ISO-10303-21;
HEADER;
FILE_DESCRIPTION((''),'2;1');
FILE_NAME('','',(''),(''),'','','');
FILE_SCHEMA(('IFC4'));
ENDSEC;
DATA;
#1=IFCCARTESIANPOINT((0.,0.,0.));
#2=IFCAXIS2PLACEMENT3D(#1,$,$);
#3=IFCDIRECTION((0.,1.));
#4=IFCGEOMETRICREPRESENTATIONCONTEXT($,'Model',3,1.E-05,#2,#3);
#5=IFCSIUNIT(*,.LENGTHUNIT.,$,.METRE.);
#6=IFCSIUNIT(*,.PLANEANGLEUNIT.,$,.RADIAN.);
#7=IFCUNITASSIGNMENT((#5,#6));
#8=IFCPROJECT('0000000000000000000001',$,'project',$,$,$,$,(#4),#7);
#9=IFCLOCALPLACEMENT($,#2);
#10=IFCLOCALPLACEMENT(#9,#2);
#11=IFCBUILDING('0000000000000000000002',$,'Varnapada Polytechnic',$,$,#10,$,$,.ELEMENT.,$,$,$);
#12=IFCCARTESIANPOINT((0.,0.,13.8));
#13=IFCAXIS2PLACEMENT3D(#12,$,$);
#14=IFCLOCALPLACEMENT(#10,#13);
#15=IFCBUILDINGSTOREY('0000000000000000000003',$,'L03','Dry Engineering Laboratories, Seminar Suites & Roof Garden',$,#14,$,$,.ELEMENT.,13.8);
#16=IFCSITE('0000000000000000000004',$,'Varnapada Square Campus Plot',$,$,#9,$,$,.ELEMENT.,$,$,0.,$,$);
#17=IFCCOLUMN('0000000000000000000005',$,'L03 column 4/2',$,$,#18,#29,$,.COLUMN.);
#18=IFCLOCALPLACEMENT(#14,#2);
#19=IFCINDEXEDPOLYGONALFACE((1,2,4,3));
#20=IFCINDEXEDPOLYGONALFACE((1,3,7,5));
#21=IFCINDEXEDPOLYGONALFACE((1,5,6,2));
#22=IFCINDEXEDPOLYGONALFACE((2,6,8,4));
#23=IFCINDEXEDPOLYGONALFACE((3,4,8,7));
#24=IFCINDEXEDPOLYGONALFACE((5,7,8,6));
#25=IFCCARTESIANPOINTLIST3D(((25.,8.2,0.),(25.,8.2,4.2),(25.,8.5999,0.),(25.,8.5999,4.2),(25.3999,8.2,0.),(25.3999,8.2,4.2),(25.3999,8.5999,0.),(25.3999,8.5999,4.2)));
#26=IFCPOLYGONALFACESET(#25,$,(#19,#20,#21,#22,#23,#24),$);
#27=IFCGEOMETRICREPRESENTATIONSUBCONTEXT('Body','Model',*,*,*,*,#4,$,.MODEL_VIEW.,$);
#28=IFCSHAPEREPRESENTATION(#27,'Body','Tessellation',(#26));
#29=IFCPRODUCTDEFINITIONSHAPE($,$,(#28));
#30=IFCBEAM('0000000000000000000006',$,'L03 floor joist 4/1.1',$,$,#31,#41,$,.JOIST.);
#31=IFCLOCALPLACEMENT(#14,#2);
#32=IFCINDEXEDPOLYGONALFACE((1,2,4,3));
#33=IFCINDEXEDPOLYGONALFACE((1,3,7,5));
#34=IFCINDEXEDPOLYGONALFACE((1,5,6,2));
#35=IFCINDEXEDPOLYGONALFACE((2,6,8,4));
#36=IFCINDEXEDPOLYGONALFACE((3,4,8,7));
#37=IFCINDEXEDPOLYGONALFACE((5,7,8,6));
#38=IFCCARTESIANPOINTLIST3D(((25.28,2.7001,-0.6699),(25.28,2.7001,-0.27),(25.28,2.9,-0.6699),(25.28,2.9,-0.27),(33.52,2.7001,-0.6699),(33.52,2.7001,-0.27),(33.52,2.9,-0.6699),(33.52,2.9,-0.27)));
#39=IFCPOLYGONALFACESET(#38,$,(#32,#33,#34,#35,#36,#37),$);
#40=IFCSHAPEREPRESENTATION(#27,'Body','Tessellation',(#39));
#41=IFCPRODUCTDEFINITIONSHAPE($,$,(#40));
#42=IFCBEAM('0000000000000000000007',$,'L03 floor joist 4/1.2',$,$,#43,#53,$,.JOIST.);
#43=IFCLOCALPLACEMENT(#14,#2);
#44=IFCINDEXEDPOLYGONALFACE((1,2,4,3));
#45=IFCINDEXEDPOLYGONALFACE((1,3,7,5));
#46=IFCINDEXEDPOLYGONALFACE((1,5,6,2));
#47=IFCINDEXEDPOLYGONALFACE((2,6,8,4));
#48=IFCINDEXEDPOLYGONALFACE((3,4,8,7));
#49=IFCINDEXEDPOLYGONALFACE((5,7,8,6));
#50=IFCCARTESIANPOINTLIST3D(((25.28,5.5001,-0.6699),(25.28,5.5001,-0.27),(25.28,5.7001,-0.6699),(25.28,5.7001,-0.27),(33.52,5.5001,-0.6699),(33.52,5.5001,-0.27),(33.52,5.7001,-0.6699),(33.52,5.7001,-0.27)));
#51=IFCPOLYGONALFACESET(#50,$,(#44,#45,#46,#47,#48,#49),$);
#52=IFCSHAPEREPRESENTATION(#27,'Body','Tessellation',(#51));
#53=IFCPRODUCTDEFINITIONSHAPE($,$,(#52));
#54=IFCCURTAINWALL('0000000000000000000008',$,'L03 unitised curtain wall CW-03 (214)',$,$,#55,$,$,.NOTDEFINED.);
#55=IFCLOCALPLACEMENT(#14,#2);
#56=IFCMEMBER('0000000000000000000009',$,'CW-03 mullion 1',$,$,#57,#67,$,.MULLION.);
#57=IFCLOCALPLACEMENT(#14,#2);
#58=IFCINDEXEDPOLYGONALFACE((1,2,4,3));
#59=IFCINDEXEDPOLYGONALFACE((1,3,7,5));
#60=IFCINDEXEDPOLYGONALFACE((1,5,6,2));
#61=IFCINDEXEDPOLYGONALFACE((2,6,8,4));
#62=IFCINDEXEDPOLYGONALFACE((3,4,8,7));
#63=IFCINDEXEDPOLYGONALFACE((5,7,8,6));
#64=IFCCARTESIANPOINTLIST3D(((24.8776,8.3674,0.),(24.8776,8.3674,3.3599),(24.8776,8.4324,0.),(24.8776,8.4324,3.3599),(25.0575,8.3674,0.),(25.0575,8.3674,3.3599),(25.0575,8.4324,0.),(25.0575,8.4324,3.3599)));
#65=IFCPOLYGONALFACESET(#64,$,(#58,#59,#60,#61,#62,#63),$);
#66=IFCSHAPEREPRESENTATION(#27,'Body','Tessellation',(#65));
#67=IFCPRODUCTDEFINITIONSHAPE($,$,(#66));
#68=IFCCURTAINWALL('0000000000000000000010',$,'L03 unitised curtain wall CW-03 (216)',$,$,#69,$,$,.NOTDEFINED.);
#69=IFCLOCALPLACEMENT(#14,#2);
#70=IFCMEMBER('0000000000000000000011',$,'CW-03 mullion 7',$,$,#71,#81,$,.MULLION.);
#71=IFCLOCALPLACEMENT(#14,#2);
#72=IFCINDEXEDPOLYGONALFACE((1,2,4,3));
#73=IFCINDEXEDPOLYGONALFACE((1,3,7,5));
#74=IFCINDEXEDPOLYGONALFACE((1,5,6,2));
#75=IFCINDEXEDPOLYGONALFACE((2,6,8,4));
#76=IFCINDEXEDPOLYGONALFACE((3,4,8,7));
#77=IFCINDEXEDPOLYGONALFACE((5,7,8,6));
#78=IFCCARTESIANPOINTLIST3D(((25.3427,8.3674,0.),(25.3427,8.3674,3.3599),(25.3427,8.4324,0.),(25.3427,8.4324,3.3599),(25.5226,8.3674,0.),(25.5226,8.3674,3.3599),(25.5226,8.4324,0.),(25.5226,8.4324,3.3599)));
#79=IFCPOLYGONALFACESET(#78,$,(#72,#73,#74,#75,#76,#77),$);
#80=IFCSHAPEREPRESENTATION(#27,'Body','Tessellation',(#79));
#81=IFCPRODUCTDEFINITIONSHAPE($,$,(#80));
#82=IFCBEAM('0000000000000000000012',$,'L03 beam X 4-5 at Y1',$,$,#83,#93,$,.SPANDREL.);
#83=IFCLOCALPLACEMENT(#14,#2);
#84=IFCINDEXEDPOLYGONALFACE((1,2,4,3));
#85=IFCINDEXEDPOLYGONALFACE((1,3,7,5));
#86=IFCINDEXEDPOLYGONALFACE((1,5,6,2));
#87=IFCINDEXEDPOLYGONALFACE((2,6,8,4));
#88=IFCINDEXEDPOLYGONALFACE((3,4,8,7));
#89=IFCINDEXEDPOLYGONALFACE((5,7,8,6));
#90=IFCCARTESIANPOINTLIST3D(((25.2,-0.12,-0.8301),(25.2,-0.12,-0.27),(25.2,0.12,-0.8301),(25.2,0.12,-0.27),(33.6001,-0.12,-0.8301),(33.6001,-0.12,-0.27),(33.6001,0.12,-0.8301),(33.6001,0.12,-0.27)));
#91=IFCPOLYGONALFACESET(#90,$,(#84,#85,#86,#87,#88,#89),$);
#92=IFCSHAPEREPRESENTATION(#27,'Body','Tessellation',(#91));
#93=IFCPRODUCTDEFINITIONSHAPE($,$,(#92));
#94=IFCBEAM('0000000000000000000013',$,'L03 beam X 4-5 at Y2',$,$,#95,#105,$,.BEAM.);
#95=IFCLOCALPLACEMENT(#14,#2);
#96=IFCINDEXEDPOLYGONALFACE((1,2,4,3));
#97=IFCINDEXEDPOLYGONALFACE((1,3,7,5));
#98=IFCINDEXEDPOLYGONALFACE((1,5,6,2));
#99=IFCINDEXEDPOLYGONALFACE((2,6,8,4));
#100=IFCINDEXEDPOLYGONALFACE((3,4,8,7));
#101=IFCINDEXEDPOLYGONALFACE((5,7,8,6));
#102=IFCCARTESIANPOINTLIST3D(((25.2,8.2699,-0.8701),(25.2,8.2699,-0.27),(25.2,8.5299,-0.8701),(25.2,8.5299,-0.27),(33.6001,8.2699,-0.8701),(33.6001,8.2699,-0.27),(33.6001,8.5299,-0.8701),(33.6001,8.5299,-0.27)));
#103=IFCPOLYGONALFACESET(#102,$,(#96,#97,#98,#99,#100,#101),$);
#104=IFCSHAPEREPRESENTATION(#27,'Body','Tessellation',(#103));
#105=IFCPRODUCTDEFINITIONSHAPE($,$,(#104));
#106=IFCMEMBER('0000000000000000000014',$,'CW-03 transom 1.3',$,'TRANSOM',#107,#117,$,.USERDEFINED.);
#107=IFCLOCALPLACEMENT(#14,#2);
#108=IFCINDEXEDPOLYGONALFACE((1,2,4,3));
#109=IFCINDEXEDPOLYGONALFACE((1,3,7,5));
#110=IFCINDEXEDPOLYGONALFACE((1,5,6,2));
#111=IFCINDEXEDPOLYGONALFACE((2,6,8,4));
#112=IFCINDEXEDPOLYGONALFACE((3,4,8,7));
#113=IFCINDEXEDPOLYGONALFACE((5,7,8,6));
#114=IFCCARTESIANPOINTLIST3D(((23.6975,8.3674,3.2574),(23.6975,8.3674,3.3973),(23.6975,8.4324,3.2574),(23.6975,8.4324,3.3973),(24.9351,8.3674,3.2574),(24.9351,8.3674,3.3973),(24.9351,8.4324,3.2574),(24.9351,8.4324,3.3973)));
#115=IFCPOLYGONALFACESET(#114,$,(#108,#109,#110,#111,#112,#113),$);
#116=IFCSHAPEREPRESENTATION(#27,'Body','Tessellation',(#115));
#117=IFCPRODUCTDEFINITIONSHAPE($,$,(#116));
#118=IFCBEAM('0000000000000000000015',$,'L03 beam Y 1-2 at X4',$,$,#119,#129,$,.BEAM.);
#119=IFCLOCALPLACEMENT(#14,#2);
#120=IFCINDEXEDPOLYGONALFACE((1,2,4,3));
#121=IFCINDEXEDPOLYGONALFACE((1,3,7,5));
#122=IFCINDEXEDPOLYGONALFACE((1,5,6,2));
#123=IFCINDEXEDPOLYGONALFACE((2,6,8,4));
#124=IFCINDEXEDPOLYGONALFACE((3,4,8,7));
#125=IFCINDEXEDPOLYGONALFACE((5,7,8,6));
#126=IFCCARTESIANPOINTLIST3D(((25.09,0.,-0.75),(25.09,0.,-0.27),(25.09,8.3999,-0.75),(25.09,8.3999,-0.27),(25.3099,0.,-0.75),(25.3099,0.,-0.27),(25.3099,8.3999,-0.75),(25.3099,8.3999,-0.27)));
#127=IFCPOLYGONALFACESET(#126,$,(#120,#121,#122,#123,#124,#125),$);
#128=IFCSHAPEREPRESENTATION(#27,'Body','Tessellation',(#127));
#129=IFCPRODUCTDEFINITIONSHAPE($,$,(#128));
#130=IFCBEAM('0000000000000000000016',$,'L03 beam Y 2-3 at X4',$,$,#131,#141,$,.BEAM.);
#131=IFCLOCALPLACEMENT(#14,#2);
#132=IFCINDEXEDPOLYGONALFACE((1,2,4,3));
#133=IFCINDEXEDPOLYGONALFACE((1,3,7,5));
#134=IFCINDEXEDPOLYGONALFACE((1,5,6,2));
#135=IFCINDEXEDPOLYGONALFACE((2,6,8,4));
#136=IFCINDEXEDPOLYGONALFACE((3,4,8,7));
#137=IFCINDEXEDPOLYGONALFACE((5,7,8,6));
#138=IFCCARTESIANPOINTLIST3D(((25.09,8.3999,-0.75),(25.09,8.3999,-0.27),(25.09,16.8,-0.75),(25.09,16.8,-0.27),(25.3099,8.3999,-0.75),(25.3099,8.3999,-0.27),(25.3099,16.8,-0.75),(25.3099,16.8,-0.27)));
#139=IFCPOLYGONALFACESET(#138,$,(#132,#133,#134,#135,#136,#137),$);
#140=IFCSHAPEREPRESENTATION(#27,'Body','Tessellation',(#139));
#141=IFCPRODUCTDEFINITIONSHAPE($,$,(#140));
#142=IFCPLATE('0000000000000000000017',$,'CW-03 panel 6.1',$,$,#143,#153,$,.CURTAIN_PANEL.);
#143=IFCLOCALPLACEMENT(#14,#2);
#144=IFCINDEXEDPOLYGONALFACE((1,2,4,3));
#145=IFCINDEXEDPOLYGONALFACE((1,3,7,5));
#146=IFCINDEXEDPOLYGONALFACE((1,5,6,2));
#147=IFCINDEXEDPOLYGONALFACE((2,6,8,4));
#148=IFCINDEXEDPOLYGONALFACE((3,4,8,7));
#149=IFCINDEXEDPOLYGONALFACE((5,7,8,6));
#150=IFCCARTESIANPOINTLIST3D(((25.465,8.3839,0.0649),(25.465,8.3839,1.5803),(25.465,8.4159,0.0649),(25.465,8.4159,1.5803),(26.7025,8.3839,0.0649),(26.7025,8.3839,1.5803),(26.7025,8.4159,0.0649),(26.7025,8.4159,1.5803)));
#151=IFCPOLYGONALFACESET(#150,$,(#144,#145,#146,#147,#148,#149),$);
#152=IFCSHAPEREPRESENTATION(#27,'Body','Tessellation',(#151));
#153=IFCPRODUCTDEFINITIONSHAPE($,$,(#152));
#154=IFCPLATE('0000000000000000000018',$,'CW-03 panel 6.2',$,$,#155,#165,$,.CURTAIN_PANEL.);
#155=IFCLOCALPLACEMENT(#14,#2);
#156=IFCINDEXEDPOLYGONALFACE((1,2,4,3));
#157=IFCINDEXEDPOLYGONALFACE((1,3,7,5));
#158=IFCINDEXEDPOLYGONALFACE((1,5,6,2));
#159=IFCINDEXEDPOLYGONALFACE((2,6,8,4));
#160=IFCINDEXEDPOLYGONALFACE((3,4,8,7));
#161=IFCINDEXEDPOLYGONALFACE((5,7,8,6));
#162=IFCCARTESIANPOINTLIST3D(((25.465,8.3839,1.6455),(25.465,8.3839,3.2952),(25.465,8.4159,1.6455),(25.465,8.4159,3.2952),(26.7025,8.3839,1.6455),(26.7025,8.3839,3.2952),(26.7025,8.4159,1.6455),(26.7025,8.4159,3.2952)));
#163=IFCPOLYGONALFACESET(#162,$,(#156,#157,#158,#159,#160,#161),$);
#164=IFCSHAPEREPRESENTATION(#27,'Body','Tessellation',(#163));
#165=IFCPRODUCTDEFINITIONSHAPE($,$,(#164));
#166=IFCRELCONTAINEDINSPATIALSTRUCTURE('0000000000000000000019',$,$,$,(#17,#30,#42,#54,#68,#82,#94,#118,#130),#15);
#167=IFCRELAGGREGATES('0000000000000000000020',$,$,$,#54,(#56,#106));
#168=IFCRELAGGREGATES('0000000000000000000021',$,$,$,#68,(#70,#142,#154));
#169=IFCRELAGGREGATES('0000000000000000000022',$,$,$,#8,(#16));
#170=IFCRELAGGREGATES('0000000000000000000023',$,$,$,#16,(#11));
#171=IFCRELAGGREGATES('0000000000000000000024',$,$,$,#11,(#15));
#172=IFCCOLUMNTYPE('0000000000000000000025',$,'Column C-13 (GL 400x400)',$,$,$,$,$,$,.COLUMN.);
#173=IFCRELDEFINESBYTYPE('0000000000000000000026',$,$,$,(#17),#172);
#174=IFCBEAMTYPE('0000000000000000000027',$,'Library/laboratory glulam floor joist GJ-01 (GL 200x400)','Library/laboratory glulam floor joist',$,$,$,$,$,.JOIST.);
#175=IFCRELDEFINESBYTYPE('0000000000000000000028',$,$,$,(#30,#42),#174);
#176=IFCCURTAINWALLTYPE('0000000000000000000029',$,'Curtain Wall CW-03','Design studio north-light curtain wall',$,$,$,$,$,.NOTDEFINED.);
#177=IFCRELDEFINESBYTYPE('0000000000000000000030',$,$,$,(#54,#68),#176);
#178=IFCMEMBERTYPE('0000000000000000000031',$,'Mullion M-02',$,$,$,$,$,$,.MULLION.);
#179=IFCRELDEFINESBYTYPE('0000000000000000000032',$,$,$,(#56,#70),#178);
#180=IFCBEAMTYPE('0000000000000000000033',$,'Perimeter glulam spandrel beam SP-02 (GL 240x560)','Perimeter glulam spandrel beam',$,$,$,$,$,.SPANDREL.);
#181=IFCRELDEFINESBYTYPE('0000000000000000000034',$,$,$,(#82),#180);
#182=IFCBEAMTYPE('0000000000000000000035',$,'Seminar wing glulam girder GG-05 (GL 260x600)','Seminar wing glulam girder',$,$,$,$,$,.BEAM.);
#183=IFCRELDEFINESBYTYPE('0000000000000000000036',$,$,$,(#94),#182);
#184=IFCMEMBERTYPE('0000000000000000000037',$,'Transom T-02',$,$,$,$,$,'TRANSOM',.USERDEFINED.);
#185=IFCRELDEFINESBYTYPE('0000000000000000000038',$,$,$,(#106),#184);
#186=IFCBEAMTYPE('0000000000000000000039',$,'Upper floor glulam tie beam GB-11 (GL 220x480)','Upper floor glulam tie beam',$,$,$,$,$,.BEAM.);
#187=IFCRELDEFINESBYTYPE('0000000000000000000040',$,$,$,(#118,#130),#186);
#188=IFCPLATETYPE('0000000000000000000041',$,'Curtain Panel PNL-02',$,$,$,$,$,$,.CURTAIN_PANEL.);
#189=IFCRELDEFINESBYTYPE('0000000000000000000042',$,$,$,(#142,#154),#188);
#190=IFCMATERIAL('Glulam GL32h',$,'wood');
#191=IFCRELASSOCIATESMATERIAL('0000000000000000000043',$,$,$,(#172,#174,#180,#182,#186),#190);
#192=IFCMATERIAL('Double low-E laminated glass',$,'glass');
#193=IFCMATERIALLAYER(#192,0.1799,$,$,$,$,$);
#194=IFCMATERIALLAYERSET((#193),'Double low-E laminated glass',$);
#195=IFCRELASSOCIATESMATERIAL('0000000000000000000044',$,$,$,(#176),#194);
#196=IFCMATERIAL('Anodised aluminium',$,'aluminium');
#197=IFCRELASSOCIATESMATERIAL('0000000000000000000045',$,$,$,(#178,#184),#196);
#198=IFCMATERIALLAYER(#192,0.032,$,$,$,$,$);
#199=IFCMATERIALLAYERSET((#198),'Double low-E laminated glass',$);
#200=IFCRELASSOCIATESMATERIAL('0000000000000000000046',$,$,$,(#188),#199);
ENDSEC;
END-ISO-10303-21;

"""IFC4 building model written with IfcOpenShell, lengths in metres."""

from ifc_helpers import new_model, si_unit, direction, frame, origin, origin_2d, place, context, subcontext, project, spatial, rectangle, extrude, material, layer, layer_set, material_profile, profile_set, type_object, element, aggregate, save


model = new_model("IFC4")

# Units and contexts
model_context = context("Model", 3, precision=1e-05, world=origin(), true_north=direction((0.0, 1.0)))
body_context = subcontext(model_context, "Body", "Model", "MODEL_VIEW")
ifc_project = project(units=[si_unit("LENGTHUNIT", "METRE"), si_unit("PLANEANGLEUNIT", "RADIAN")], contexts=[model_context])

# Site, building, storey
site_placement = place(None, origin())
site = spatial("IfcSite", under=ifc_project, at=site_placement, Name="Varnapada Square Campus Plot", CompositionType="ELEMENT", RefElevation=0.0)
building_placement = place(site_placement, origin())
building = spatial("IfcBuilding", under=site, at=building_placement, Name="Varnapada Polytechnic", CompositionType="ELEMENT")
storey_placement = place(building_placement, frame((0.0, 0.0, 13.8)))
storey = spatial("IfcBuildingStorey", under=building, at=storey_placement, Name="L03", Description="Dry Engineering Laboratories, Seminar Suites & Roof Garden", CompositionType="ELEMENT", Elevation=13.8)

# Column
ifc_material_1 = material(Name="Glulam GL32h", Category="wood")
ifc_material_profile_1 = material_profile(ifc_material_1, rectangle(XDim=0.3999, YDim=0.3999, at=origin_2d()), Name="GL 400x400")
ifc_profile_set_1 = profile_set([ifc_material_profile_1], Name="Glulam GL32h")
column_type = type_object("IfcColumnType", Name="Column C-13 (GL 400x400)", PredefinedType="COLUMN", material=ifc_profile_set_1)
column_placement = place(storey_placement, frame((25.2, 8.3999, 0.0), z_axis=(0.0, 0.0, 1.0), x_axis=(1.0, 0.0, 0.0)))
element("IfcColumn", 1, at=column_placement, inside=storey, type_object=column_type, Name="L03 column 4/2", PredefinedType="COLUMN", context=body_context, shape_type="SweptSolid", body=[
    extrude(rectangle(XDim=0.3999, YDim=0.3999, at=origin_2d()), origin(), (0.0, 0.0, 1.0), 4.2),
])

# Beams
ifc_material_profile_2 = material_profile(ifc_material_1, rectangle(XDim=0.2, YDim=0.3999, at=origin_2d()), Name="GL 200x400")
ifc_profile_set_2 = profile_set([ifc_material_profile_2], Name="Glulam GL32h")
beam_type_1 = type_object("IfcBeamType", Name="Library/laboratory glulam floor joist GJ-01 (GL 200x400)", Description="Library/laboratory glulam floor joist", PredefinedType="JOIST", material=ifc_profile_set_2)
for number, where, z_axis, x_axis, name in (
    (2, (25.28, 2.8, -0.47), (1.0, 0.0, 0.0), (0.0, 1.0, 0.0), "L03 floor joist 4/1.1"),
    (3, (25.28, 5.6001, -0.47), (1.0, 0.0, 0.0), (0.0, 1.0, 0.0), "L03 floor joist 4/1.2"),
):
    element("IfcBeam", number, at=place(storey_placement, frame(where, z_axis=z_axis, x_axis=x_axis)), inside=storey, type_object=beam_type_1, Name=name, PredefinedType="JOIST", context=body_context, shape_type="SweptSolid", body=[
        extrude(rectangle(XDim=0.2, YDim=0.3999, at=origin_2d()), origin(), (0.0, 0.0, 1.0), 8.24),
    ])

# Curtain walls, members
ifc_material_2 = material(Name="Double low-E laminated glass", Category="glass")
ifc_layer_1 = layer(ifc_material_2, 0.1799)
ifc_layer_set_1 = layer_set([ifc_layer_1], Name="Double low-E laminated glass")
curtain_wall_type = type_object("IfcCurtainWallType", Name="Curtain Wall CW-03", Description="Design studio north-light curtain wall", PredefinedType="NOTDEFINED", material=ifc_layer_set_1)
curtain_wall_1_placement = place(storey_placement, origin())
curtain_wall_1 = element("IfcCurtainWall", 4, at=curtain_wall_1_placement, inside=storey, type_object=curtain_wall_type, Name="L03 unitised curtain wall CW-03 (214)", PredefinedType="NOTDEFINED")
ifc_material_3 = material(Name="Anodised aluminium", Category="aluminium")
ifc_material_profile_3 = material_profile(ifc_material_3, rectangle(XDim=0.0649, YDim=0.1799, at=origin_2d()), Name="ALU M65x180")
ifc_profile_set_3 = profile_set([ifc_material_profile_3], Name="Anodised aluminium")
member_type_1 = type_object("IfcMemberType", Name="Mullion M-02", PredefinedType="MULLION", material=ifc_profile_set_3)
member_1_placement = place(storey_placement, frame((24.9675, 8.3999, 0.0), z_axis=(0.0, 0.0, 1.0), x_axis=(0.0, -1.0, 0.0)))
member_1 = element("IfcMember", 5, at=member_1_placement, type_object=member_type_1, Name="CW-03 mullion 1", PredefinedType="MULLION", context=body_context, shape_type="SweptSolid", body=[
    extrude(rectangle(XDim=0.0649, YDim=0.1799, at=origin_2d()), origin(), (0.0, 0.0, 1.0), 3.3599),
])
curtain_wall_2_placement = place(storey_placement, origin())
curtain_wall_2 = element("IfcCurtainWall", 6, at=curtain_wall_2_placement, inside=storey, type_object=curtain_wall_type, Name="L03 unitised curtain wall CW-03 (216)", PredefinedType="NOTDEFINED")
member_2_placement = place(storey_placement, frame((25.4326, 8.3999, 0.0), z_axis=(0.0, 0.0, 1.0), x_axis=(0.0, -1.0, 0.0)))
member_2 = element("IfcMember", 7, at=member_2_placement, type_object=member_type_1, Name="CW-03 mullion 7", PredefinedType="MULLION", context=body_context, shape_type="SweptSolid", body=[
    extrude(rectangle(XDim=0.0649, YDim=0.1799, at=origin_2d()), origin(), (0.0, 0.0, 1.0), 3.3599),
])

# Beams
ifc_material_profile_4 = material_profile(ifc_material_1, rectangle(XDim=0.24, YDim=0.5601, at=origin_2d()), Name="GL 240x560")
ifc_profile_set_4 = profile_set([ifc_material_profile_4], Name="Glulam GL32h")
beam_type_2 = type_object("IfcBeamType", Name="Perimeter glulam spandrel beam SP-02 (GL 240x560)", Description="Perimeter glulam spandrel beam", PredefinedType="SPANDREL", material=ifc_profile_set_4)
beam_1_placement = place(storey_placement, frame((25.2, 0.0, -0.55), z_axis=(1.0, 0.0, 0.0), x_axis=(0.0, 1.0, 0.0)))
element("IfcBeam", 8, at=beam_1_placement, inside=storey, type_object=beam_type_2, Name="L03 beam X 4-5 at Y1", PredefinedType="SPANDREL", context=body_context, shape_type="SweptSolid", body=[
    extrude(rectangle(XDim=0.24, YDim=0.5601, at=origin_2d()), origin(), (0.0, 0.0, 1.0), 8.4001),
])
ifc_material_profile_5 = material_profile(ifc_material_1, rectangle(XDim=0.26, YDim=0.6001, at=origin_2d()), Name="GL 260x600")
ifc_profile_set_5 = profile_set([ifc_material_profile_5], Name="Glulam GL32h")
beam_type_3 = type_object("IfcBeamType", Name="Seminar wing glulam girder GG-05 (GL 260x600)", Description="Seminar wing glulam girder", PredefinedType="BEAM", material=ifc_profile_set_5)
beam_2_placement = place(storey_placement, frame((25.2, 8.3999, -0.5701), z_axis=(1.0, 0.0, 0.0), x_axis=(0.0, 1.0, 0.0)))
element("IfcBeam", 9, at=beam_2_placement, inside=storey, type_object=beam_type_3, Name="L03 beam X 4-5 at Y2", PredefinedType="BEAM", context=body_context, shape_type="SweptSolid", body=[
    extrude(rectangle(XDim=0.26, YDim=0.6001, at=origin_2d()), origin(), (0.0, 0.0, 1.0), 8.4001),
])

# Member
ifc_material_profile_6 = material_profile(ifc_material_3, rectangle(XDim=0.0649, YDim=0.1399, at=origin_2d()), Name="ALU T65x140")
ifc_profile_set_6 = profile_set([ifc_material_profile_6], Name="Anodised aluminium")
member_type_2 = type_object("IfcMemberType", Name="Transom T-02", ElementType="TRANSOM", PredefinedType="USERDEFINED", material=ifc_profile_set_6)
member_3_placement = place(storey_placement, frame((24.9351, 8.3999, 3.3274), z_axis=(-1.0, 0.0, 0.0), x_axis=(0.0, -1.0, 0.0)))
member_3 = element("IfcMember", 10, at=member_3_placement, type_object=member_type_2, Name="CW-03 transom 1.3", ObjectType="TRANSOM", PredefinedType="USERDEFINED", context=body_context, shape_type="SweptSolid", body=[
    extrude(rectangle(XDim=0.0649, YDim=0.1399, at=origin_2d()), origin(), (0.0, 0.0, 1.0), 1.2375),
])
aggregate(curtain_wall_1, [member_1, member_3])

# Beams
ifc_material_profile_7 = material_profile(ifc_material_1, rectangle(XDim=0.22, YDim=0.48, at=origin_2d()), Name="GL 220x480")
ifc_profile_set_7 = profile_set([ifc_material_profile_7], Name="Glulam GL32h")
beam_type_4 = type_object("IfcBeamType", Name="Upper floor glulam tie beam GB-11 (GL 220x480)", Description="Upper floor glulam tie beam", PredefinedType="BEAM", material=ifc_profile_set_7)
beam_3_placement = place(storey_placement, frame((25.2, 0.0, -0.51), z_axis=(0.0, 1.0, 0.0), x_axis=(-1.0, 0.0, 0.0)))
element("IfcBeam", 11, at=beam_3_placement, inside=storey, type_object=beam_type_4, Name="L03 beam Y 1-2 at X4", PredefinedType="BEAM", context=body_context, shape_type="SweptSolid", body=[
    extrude(rectangle(XDim=0.22, YDim=0.48, at=origin_2d()), origin(), (0.0, 0.0, 1.0), 8.3999),
])
beam_4_placement = place(storey_placement, frame((25.2, 8.3999, -0.51), z_axis=(0.0, 1.0, 0.0), x_axis=(-1.0, 0.0, 0.0)))
element("IfcBeam", 12, at=beam_4_placement, inside=storey, type_object=beam_type_4, Name="L03 beam Y 2-3 at X4", PredefinedType="BEAM", context=body_context, shape_type="SweptSolid", body=[
    extrude(rectangle(XDim=0.22, YDim=0.48, at=origin_2d()), origin(), (0.0, 0.0, 1.0), 8.4001),
])

# Plates
ifc_layer_2 = layer(ifc_material_2, 0.032)
ifc_layer_set_2 = layer_set([ifc_layer_2], Name="Double low-E laminated glass")
plate_type = type_object("IfcPlateType", Name="Curtain Panel PNL-02", PredefinedType="CURTAIN_PANEL", material=ifc_layer_set_2)
plate_1_placement = place(storey_placement, frame((26.0837, 8.3999, 0.0649), z_axis=(0.0, 0.0, 1.0), x_axis=(-1.0, 0.0, 0.0)))
plate_1 = element("IfcPlate", 13, at=plate_1_placement, type_object=plate_type, Name="CW-03 panel 6.1", PredefinedType="CURTAIN_PANEL", context=body_context, shape_type="SweptSolid", body=[
    extrude(rectangle(XDim=1.2375, YDim=0.032, at=origin_2d()), origin(), (0.0, 0.0, 1.0), 1.5154),
])
plate_2_placement = place(storey_placement, frame((26.0837, 8.3999, 1.6455), z_axis=(0.0, 0.0, 1.0), x_axis=(-1.0, 0.0, 0.0)))
plate_2 = element("IfcPlate", 14, at=plate_2_placement, type_object=plate_type, Name="CW-03 panel 6.2", PredefinedType="CURTAIN_PANEL", context=body_context, shape_type="SweptSolid", body=[
    extrude(rectangle(XDim=1.2375, YDim=0.032, at=origin_2d()), origin(), (0.0, 0.0, 1.0), 1.6497),
])
aggregate(curtain_wall_2, [member_2, plate_1, plate_2])

save(model, "model.ifc")
